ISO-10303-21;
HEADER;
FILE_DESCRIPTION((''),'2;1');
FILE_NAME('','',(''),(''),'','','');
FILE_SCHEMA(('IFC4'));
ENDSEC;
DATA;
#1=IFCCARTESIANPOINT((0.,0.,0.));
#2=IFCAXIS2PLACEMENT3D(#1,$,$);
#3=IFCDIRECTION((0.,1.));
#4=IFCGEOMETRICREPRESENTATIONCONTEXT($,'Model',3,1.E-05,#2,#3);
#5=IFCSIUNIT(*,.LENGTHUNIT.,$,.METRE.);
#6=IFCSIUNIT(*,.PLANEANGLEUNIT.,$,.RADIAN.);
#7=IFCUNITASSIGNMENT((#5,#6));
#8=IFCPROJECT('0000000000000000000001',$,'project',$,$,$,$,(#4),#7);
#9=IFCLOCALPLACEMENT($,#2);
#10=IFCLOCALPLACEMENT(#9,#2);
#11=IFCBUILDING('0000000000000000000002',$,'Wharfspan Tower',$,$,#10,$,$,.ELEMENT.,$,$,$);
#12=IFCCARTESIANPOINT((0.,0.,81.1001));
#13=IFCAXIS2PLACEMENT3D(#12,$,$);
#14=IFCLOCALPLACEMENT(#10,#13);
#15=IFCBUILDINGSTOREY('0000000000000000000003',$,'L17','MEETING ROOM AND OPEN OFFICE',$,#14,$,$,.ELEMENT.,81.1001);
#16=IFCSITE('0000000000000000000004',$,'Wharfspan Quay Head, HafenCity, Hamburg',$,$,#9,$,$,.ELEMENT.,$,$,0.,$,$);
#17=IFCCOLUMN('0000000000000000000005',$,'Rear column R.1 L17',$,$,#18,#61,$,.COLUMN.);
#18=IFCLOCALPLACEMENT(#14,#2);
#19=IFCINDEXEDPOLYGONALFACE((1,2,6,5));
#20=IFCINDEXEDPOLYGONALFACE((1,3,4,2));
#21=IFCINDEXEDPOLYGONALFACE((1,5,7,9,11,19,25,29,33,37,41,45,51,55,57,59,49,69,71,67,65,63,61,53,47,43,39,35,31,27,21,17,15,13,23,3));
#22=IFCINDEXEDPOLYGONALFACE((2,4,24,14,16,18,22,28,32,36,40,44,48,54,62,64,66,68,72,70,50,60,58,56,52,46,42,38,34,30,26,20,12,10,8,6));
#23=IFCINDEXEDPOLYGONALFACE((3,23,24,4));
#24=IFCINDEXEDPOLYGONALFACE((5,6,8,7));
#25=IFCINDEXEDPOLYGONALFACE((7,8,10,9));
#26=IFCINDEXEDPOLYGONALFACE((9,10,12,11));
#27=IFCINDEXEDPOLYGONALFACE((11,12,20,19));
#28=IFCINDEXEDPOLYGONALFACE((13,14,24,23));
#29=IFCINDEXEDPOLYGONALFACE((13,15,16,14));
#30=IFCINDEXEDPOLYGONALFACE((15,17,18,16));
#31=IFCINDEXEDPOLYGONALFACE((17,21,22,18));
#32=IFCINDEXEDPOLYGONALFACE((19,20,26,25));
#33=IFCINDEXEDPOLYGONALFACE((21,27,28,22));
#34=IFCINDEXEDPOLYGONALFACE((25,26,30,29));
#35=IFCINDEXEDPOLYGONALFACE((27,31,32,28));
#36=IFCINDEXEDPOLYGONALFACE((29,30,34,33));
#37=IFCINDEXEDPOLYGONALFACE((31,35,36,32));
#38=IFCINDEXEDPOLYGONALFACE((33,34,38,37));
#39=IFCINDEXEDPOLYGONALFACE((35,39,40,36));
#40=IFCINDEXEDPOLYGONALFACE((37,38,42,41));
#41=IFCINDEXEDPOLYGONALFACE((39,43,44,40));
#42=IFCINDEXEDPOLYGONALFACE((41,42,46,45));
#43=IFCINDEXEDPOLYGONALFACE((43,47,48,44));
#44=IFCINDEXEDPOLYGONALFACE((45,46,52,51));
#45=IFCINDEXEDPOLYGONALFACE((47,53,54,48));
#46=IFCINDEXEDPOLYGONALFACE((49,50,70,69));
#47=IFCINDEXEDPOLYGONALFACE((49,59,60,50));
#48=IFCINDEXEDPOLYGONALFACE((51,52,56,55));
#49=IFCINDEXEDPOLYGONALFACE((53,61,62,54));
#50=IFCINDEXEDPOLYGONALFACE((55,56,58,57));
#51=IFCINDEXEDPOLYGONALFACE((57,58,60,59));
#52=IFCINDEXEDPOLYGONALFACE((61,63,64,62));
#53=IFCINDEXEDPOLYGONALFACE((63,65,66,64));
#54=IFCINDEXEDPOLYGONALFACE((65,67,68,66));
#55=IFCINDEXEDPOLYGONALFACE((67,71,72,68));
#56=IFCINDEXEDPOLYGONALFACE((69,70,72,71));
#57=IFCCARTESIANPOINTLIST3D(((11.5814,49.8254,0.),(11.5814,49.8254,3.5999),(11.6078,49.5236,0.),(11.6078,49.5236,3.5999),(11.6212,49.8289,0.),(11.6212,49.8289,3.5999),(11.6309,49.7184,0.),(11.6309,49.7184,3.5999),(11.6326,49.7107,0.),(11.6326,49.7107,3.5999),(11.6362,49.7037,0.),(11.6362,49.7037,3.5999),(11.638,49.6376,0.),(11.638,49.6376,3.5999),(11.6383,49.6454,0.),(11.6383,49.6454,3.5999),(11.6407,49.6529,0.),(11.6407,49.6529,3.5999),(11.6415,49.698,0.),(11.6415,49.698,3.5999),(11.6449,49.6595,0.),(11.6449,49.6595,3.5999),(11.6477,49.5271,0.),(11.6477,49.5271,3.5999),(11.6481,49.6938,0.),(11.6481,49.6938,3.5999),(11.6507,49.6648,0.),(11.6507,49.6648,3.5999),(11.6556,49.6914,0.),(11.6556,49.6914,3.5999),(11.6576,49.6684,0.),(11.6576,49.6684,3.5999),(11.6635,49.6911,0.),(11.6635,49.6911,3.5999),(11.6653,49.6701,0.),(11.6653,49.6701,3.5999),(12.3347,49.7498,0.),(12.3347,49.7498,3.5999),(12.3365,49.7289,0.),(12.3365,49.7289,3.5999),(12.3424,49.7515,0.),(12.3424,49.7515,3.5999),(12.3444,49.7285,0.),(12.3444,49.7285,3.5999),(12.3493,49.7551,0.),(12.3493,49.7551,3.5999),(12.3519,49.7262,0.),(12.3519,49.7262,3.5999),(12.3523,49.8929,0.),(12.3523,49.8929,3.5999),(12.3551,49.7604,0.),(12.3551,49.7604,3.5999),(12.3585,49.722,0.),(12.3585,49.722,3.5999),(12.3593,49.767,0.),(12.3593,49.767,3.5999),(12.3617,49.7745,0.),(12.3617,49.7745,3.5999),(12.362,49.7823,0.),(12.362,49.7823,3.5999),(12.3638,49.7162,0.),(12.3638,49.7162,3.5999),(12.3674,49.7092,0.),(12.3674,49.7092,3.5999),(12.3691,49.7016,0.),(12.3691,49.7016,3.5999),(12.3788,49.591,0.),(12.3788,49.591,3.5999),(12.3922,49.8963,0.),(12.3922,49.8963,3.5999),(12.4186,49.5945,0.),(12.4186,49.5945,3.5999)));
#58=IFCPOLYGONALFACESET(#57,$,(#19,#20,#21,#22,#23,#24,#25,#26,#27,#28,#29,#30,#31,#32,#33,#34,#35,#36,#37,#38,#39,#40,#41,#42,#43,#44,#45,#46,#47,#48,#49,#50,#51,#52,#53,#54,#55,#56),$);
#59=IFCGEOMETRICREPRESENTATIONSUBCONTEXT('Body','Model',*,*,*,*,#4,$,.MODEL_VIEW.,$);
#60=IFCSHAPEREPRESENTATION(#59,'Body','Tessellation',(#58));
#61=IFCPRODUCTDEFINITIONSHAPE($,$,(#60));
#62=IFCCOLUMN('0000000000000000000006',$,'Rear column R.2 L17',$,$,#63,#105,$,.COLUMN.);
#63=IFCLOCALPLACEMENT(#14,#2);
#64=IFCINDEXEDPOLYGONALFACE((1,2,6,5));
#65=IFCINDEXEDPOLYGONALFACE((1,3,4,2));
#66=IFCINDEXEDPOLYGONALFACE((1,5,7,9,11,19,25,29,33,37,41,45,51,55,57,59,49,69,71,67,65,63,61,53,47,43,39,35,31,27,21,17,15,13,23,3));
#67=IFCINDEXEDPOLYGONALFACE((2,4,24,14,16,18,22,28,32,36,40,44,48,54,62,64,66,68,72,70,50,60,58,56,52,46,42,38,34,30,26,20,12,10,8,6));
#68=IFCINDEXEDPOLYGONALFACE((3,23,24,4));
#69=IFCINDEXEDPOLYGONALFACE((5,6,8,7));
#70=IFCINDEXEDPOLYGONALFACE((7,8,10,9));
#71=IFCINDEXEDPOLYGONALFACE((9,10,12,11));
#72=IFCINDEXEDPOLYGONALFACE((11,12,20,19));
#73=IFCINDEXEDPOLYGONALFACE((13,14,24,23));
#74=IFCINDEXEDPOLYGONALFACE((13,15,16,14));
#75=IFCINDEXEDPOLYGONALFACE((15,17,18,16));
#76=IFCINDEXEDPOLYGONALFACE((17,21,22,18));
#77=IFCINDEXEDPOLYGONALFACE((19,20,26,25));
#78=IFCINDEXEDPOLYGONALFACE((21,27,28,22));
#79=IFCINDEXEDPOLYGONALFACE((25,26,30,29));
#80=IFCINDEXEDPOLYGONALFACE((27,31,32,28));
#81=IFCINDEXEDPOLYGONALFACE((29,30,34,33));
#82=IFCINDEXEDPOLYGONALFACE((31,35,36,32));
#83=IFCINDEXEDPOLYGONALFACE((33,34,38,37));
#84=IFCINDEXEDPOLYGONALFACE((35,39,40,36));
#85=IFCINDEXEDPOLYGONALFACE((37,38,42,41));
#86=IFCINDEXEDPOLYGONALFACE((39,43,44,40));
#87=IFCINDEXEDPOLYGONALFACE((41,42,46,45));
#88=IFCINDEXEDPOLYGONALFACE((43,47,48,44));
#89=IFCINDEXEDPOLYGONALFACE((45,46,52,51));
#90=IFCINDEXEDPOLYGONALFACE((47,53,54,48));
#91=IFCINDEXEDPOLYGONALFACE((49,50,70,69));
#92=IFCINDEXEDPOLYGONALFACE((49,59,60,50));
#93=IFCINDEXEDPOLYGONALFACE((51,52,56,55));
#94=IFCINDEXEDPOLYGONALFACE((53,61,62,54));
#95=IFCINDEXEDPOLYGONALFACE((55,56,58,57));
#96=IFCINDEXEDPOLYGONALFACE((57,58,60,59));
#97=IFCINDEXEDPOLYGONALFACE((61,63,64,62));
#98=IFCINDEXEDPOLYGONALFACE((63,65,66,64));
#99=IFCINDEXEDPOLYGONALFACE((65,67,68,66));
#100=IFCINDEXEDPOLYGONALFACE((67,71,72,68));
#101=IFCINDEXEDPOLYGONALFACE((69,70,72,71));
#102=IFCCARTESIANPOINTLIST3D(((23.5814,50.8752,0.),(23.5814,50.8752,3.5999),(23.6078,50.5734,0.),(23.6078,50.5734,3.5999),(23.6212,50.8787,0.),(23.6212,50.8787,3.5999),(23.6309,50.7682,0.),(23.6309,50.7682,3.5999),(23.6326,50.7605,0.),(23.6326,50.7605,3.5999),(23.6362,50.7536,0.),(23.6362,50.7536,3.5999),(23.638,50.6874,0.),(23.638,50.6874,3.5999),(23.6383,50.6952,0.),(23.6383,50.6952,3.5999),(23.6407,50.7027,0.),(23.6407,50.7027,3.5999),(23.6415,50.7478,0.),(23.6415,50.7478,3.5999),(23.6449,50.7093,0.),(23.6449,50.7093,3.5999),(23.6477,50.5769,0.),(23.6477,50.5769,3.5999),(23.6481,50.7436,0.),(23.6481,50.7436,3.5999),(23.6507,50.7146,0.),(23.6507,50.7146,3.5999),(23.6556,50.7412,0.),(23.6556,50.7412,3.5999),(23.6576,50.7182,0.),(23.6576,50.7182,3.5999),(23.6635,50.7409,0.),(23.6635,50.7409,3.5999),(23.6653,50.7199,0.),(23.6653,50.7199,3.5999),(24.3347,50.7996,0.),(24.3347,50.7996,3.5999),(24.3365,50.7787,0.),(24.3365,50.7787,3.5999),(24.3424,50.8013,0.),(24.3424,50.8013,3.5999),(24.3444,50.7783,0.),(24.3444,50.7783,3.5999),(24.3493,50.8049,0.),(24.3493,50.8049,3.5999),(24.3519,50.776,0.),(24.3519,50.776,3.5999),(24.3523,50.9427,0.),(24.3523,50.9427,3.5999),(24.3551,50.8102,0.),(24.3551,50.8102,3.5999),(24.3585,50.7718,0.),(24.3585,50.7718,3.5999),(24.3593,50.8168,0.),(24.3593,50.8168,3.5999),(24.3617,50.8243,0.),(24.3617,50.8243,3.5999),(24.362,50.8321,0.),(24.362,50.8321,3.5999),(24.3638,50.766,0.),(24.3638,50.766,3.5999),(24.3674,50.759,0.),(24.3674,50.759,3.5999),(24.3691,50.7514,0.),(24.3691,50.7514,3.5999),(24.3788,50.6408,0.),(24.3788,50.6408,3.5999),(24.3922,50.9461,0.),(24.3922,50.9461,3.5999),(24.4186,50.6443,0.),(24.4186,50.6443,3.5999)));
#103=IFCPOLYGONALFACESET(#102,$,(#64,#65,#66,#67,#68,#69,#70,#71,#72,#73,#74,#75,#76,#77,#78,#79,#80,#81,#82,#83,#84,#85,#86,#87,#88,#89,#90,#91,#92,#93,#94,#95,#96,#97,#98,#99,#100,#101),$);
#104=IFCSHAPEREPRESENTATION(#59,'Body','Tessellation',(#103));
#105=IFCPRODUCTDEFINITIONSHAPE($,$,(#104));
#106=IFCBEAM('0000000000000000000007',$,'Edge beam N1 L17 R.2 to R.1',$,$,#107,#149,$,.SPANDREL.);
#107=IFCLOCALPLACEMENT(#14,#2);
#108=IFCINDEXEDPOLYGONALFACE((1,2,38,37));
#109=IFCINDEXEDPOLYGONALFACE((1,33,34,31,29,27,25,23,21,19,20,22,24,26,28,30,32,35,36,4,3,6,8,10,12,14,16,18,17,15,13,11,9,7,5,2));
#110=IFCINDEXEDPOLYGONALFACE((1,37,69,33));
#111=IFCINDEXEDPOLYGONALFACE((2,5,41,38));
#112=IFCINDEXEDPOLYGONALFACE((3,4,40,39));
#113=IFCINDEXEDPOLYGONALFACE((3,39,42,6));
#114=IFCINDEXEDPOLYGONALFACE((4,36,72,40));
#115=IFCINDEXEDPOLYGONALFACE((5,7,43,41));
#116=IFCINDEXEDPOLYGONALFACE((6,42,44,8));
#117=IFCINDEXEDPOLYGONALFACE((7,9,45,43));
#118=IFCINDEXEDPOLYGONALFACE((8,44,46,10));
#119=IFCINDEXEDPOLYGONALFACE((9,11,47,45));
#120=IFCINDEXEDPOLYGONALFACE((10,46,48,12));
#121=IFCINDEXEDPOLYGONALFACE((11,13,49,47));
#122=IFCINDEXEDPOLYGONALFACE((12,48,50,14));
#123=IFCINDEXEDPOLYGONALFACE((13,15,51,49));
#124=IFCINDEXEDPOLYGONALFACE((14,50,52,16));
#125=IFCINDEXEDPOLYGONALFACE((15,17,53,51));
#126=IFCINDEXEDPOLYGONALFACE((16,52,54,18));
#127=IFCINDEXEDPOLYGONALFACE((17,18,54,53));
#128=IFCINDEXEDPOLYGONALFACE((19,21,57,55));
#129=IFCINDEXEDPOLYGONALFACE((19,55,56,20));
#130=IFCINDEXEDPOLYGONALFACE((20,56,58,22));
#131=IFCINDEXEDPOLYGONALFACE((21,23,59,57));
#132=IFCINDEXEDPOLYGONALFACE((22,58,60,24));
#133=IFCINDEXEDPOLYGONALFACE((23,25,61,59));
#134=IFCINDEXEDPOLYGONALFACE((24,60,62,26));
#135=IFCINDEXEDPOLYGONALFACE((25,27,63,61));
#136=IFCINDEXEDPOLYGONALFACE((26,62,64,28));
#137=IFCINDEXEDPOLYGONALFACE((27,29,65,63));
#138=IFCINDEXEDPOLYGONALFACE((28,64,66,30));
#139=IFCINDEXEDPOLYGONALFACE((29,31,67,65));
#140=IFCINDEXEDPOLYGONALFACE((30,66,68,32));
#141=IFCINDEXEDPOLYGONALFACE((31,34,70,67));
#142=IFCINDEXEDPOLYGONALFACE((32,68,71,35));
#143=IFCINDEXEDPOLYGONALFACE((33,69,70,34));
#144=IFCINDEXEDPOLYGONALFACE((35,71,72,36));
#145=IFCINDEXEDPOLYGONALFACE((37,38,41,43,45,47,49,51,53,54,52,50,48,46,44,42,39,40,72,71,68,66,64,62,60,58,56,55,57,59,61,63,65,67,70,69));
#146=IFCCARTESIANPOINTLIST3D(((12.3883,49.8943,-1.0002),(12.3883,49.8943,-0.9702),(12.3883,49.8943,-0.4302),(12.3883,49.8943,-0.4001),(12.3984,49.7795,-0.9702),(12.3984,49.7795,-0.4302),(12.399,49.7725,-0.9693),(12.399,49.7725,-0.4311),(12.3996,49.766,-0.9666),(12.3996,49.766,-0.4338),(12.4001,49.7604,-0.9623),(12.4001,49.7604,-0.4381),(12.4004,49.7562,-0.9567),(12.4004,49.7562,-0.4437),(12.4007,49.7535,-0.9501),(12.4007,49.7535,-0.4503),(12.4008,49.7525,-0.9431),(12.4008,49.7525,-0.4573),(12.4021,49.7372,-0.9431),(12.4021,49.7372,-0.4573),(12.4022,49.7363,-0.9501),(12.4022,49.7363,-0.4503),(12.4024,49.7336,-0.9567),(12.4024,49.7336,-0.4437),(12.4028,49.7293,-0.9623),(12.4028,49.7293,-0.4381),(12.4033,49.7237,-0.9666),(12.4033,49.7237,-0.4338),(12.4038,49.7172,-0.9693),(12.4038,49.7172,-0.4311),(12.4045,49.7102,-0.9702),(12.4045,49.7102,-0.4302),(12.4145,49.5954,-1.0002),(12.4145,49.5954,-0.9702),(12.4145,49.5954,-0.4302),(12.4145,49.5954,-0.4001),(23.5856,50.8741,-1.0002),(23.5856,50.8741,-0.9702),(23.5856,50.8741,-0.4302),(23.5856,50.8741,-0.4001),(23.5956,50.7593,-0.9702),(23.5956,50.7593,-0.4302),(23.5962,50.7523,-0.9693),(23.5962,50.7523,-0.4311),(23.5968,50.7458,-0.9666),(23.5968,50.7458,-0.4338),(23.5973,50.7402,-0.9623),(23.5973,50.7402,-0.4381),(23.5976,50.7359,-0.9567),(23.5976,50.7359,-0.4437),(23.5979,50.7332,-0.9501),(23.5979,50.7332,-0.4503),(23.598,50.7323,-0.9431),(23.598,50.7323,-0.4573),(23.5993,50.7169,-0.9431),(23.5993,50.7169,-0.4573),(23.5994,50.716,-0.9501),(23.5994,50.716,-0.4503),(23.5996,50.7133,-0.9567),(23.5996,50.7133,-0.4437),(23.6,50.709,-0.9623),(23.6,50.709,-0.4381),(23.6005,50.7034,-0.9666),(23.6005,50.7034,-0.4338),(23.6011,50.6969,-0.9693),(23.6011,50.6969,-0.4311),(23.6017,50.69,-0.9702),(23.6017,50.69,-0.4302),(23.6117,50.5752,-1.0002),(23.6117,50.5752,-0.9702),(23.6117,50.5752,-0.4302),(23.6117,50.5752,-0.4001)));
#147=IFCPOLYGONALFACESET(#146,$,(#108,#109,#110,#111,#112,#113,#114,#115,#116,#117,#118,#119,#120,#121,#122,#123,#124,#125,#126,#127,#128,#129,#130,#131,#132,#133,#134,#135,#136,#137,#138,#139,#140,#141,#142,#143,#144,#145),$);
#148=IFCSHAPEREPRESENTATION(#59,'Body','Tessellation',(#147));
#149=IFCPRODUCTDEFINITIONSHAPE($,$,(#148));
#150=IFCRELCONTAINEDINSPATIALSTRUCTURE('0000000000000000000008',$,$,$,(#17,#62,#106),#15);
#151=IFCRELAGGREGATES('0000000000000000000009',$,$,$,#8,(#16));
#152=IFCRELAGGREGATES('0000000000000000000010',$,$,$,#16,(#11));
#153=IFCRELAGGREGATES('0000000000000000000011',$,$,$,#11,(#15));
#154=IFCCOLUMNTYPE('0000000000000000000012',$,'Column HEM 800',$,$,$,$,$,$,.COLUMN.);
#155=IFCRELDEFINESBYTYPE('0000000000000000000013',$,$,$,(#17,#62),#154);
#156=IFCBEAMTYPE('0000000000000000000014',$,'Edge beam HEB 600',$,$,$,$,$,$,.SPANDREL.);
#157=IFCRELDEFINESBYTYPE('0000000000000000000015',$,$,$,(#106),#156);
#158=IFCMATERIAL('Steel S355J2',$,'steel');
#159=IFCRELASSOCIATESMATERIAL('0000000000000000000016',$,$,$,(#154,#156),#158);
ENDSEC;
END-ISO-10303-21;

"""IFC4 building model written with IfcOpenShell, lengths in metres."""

from ifc_helpers import new_model, si_unit, direction, frame, origin, origin_2d, place, context, subcontext, project, spatial, i_section, extrude, material, material_profile, profile_set, type_object, element, save


model = new_model("IFC4")

# Units and contexts
model_context = context("Model", 3, precision=1e-05, world=origin(), true_north=direction((0.0, 1.0)))
body_context = subcontext(model_context, "Body", "Model", "MODEL_VIEW")
ifc_project = project(units=[si_unit("LENGTHUNIT", "METRE"), si_unit("PLANEANGLEUNIT", "RADIAN")], contexts=[model_context])

# Site, building, storey
site_placement = place(None, origin())
site = spatial("IfcSite", under=ifc_project, at=site_placement, Name="Wharfspan Quay Head, HafenCity, Hamburg", CompositionType="ELEMENT", RefElevation=0.0)
building_placement = place(site_placement, origin())
building = spatial("IfcBuilding", under=site, at=building_placement, Name="Wharfspan Tower", CompositionType="ELEMENT")
storey_placement = place(building_placement, frame((0.0, 0.0, 81.1001)))
storey = spatial("IfcBuildingStorey", under=building, at=storey_placement, Name="L17", Description="MEETING ROOM AND OPEN OFFICE", CompositionType="ELEMENT", Elevation=81.1001)

# Columns
ifc_material_1 = material(Name="Steel S355J2", Category="steel")
ifc_material_profile_1 = material_profile(ifc_material_1, i_section(OverallWidth=0.303, OverallDepth=0.814, WebThickness=0.021, FlangeThickness=0.04, FilletRadius=0.03, at=origin_2d()))
ifc_profile_set_1 = profile_set([ifc_material_profile_1], Name="Steel S355J2")
column_type = type_object("IfcColumnType", Name="Column HEM 800", PredefinedType="COLUMN", material=ifc_profile_set_1)
for number, where, z_axis, x_axis, name in (
    (1, (12.0, 49.71, 0.0), (0.0, 0.0, 1.0), (-0.087156, 0.996197, 0.0), "Rear column R.1 L17"),
    (2, (24.0, 50.7598, 0.0), (0.0, 0.0, 1.0), (-0.087156, 0.996197, 0.0), "Rear column R.2 L17"),
):
    element("IfcColumn", number, at=place(storey_placement, frame(where, z_axis=z_axis, x_axis=x_axis)), inside=storey, type_object=column_type, Name=name, PredefinedType="COLUMN", context=body_context, shape_type="SweptSolid", body=[
        extrude(i_section(OverallWidth=0.303, OverallDepth=0.814, WebThickness=0.021, FlangeThickness=0.04, FilletRadius=0.03, at=origin_2d()), origin(), (0.0, 0.0, 1.0), 3.5999),
    ])

# Beam
ifc_material_profile_2 = material_profile(ifc_material_1, i_section(OverallWidth=0.3, OverallDepth=0.6001, WebThickness=0.0154, FlangeThickness=0.03, FilletRadius=0.0271, at=origin_2d()))
ifc_profile_set_2 = profile_set([ifc_material_profile_2], Name="Steel S355J2")
beam_type = type_object("IfcBeamType", Name="Edge beam HEB 600", PredefinedType="SPANDREL", material=ifc_profile_set_2)
beam_placement = place(storey_placement, frame((23.5986, 50.7246, -0.7002), z_axis=(-0.996194, -0.087165, 0.0), x_axis=(0.087165, -0.996194, 0.0)))
element("IfcBeam", 3, at=beam_placement, inside=storey, type_object=beam_type, Name="Edge beam N1 L17 R.2 to R.1", PredefinedType="SPANDREL", context=body_context, shape_type="SweptSolid", body=[
    extrude(i_section(OverallWidth=0.3, OverallDepth=0.6001, WebThickness=0.0154, FlangeThickness=0.03, FilletRadius=0.0271, at=origin_2d()), origin(), (0.0, 0.0, 1.0), 11.24),
])

save(model, "model.ifc")
